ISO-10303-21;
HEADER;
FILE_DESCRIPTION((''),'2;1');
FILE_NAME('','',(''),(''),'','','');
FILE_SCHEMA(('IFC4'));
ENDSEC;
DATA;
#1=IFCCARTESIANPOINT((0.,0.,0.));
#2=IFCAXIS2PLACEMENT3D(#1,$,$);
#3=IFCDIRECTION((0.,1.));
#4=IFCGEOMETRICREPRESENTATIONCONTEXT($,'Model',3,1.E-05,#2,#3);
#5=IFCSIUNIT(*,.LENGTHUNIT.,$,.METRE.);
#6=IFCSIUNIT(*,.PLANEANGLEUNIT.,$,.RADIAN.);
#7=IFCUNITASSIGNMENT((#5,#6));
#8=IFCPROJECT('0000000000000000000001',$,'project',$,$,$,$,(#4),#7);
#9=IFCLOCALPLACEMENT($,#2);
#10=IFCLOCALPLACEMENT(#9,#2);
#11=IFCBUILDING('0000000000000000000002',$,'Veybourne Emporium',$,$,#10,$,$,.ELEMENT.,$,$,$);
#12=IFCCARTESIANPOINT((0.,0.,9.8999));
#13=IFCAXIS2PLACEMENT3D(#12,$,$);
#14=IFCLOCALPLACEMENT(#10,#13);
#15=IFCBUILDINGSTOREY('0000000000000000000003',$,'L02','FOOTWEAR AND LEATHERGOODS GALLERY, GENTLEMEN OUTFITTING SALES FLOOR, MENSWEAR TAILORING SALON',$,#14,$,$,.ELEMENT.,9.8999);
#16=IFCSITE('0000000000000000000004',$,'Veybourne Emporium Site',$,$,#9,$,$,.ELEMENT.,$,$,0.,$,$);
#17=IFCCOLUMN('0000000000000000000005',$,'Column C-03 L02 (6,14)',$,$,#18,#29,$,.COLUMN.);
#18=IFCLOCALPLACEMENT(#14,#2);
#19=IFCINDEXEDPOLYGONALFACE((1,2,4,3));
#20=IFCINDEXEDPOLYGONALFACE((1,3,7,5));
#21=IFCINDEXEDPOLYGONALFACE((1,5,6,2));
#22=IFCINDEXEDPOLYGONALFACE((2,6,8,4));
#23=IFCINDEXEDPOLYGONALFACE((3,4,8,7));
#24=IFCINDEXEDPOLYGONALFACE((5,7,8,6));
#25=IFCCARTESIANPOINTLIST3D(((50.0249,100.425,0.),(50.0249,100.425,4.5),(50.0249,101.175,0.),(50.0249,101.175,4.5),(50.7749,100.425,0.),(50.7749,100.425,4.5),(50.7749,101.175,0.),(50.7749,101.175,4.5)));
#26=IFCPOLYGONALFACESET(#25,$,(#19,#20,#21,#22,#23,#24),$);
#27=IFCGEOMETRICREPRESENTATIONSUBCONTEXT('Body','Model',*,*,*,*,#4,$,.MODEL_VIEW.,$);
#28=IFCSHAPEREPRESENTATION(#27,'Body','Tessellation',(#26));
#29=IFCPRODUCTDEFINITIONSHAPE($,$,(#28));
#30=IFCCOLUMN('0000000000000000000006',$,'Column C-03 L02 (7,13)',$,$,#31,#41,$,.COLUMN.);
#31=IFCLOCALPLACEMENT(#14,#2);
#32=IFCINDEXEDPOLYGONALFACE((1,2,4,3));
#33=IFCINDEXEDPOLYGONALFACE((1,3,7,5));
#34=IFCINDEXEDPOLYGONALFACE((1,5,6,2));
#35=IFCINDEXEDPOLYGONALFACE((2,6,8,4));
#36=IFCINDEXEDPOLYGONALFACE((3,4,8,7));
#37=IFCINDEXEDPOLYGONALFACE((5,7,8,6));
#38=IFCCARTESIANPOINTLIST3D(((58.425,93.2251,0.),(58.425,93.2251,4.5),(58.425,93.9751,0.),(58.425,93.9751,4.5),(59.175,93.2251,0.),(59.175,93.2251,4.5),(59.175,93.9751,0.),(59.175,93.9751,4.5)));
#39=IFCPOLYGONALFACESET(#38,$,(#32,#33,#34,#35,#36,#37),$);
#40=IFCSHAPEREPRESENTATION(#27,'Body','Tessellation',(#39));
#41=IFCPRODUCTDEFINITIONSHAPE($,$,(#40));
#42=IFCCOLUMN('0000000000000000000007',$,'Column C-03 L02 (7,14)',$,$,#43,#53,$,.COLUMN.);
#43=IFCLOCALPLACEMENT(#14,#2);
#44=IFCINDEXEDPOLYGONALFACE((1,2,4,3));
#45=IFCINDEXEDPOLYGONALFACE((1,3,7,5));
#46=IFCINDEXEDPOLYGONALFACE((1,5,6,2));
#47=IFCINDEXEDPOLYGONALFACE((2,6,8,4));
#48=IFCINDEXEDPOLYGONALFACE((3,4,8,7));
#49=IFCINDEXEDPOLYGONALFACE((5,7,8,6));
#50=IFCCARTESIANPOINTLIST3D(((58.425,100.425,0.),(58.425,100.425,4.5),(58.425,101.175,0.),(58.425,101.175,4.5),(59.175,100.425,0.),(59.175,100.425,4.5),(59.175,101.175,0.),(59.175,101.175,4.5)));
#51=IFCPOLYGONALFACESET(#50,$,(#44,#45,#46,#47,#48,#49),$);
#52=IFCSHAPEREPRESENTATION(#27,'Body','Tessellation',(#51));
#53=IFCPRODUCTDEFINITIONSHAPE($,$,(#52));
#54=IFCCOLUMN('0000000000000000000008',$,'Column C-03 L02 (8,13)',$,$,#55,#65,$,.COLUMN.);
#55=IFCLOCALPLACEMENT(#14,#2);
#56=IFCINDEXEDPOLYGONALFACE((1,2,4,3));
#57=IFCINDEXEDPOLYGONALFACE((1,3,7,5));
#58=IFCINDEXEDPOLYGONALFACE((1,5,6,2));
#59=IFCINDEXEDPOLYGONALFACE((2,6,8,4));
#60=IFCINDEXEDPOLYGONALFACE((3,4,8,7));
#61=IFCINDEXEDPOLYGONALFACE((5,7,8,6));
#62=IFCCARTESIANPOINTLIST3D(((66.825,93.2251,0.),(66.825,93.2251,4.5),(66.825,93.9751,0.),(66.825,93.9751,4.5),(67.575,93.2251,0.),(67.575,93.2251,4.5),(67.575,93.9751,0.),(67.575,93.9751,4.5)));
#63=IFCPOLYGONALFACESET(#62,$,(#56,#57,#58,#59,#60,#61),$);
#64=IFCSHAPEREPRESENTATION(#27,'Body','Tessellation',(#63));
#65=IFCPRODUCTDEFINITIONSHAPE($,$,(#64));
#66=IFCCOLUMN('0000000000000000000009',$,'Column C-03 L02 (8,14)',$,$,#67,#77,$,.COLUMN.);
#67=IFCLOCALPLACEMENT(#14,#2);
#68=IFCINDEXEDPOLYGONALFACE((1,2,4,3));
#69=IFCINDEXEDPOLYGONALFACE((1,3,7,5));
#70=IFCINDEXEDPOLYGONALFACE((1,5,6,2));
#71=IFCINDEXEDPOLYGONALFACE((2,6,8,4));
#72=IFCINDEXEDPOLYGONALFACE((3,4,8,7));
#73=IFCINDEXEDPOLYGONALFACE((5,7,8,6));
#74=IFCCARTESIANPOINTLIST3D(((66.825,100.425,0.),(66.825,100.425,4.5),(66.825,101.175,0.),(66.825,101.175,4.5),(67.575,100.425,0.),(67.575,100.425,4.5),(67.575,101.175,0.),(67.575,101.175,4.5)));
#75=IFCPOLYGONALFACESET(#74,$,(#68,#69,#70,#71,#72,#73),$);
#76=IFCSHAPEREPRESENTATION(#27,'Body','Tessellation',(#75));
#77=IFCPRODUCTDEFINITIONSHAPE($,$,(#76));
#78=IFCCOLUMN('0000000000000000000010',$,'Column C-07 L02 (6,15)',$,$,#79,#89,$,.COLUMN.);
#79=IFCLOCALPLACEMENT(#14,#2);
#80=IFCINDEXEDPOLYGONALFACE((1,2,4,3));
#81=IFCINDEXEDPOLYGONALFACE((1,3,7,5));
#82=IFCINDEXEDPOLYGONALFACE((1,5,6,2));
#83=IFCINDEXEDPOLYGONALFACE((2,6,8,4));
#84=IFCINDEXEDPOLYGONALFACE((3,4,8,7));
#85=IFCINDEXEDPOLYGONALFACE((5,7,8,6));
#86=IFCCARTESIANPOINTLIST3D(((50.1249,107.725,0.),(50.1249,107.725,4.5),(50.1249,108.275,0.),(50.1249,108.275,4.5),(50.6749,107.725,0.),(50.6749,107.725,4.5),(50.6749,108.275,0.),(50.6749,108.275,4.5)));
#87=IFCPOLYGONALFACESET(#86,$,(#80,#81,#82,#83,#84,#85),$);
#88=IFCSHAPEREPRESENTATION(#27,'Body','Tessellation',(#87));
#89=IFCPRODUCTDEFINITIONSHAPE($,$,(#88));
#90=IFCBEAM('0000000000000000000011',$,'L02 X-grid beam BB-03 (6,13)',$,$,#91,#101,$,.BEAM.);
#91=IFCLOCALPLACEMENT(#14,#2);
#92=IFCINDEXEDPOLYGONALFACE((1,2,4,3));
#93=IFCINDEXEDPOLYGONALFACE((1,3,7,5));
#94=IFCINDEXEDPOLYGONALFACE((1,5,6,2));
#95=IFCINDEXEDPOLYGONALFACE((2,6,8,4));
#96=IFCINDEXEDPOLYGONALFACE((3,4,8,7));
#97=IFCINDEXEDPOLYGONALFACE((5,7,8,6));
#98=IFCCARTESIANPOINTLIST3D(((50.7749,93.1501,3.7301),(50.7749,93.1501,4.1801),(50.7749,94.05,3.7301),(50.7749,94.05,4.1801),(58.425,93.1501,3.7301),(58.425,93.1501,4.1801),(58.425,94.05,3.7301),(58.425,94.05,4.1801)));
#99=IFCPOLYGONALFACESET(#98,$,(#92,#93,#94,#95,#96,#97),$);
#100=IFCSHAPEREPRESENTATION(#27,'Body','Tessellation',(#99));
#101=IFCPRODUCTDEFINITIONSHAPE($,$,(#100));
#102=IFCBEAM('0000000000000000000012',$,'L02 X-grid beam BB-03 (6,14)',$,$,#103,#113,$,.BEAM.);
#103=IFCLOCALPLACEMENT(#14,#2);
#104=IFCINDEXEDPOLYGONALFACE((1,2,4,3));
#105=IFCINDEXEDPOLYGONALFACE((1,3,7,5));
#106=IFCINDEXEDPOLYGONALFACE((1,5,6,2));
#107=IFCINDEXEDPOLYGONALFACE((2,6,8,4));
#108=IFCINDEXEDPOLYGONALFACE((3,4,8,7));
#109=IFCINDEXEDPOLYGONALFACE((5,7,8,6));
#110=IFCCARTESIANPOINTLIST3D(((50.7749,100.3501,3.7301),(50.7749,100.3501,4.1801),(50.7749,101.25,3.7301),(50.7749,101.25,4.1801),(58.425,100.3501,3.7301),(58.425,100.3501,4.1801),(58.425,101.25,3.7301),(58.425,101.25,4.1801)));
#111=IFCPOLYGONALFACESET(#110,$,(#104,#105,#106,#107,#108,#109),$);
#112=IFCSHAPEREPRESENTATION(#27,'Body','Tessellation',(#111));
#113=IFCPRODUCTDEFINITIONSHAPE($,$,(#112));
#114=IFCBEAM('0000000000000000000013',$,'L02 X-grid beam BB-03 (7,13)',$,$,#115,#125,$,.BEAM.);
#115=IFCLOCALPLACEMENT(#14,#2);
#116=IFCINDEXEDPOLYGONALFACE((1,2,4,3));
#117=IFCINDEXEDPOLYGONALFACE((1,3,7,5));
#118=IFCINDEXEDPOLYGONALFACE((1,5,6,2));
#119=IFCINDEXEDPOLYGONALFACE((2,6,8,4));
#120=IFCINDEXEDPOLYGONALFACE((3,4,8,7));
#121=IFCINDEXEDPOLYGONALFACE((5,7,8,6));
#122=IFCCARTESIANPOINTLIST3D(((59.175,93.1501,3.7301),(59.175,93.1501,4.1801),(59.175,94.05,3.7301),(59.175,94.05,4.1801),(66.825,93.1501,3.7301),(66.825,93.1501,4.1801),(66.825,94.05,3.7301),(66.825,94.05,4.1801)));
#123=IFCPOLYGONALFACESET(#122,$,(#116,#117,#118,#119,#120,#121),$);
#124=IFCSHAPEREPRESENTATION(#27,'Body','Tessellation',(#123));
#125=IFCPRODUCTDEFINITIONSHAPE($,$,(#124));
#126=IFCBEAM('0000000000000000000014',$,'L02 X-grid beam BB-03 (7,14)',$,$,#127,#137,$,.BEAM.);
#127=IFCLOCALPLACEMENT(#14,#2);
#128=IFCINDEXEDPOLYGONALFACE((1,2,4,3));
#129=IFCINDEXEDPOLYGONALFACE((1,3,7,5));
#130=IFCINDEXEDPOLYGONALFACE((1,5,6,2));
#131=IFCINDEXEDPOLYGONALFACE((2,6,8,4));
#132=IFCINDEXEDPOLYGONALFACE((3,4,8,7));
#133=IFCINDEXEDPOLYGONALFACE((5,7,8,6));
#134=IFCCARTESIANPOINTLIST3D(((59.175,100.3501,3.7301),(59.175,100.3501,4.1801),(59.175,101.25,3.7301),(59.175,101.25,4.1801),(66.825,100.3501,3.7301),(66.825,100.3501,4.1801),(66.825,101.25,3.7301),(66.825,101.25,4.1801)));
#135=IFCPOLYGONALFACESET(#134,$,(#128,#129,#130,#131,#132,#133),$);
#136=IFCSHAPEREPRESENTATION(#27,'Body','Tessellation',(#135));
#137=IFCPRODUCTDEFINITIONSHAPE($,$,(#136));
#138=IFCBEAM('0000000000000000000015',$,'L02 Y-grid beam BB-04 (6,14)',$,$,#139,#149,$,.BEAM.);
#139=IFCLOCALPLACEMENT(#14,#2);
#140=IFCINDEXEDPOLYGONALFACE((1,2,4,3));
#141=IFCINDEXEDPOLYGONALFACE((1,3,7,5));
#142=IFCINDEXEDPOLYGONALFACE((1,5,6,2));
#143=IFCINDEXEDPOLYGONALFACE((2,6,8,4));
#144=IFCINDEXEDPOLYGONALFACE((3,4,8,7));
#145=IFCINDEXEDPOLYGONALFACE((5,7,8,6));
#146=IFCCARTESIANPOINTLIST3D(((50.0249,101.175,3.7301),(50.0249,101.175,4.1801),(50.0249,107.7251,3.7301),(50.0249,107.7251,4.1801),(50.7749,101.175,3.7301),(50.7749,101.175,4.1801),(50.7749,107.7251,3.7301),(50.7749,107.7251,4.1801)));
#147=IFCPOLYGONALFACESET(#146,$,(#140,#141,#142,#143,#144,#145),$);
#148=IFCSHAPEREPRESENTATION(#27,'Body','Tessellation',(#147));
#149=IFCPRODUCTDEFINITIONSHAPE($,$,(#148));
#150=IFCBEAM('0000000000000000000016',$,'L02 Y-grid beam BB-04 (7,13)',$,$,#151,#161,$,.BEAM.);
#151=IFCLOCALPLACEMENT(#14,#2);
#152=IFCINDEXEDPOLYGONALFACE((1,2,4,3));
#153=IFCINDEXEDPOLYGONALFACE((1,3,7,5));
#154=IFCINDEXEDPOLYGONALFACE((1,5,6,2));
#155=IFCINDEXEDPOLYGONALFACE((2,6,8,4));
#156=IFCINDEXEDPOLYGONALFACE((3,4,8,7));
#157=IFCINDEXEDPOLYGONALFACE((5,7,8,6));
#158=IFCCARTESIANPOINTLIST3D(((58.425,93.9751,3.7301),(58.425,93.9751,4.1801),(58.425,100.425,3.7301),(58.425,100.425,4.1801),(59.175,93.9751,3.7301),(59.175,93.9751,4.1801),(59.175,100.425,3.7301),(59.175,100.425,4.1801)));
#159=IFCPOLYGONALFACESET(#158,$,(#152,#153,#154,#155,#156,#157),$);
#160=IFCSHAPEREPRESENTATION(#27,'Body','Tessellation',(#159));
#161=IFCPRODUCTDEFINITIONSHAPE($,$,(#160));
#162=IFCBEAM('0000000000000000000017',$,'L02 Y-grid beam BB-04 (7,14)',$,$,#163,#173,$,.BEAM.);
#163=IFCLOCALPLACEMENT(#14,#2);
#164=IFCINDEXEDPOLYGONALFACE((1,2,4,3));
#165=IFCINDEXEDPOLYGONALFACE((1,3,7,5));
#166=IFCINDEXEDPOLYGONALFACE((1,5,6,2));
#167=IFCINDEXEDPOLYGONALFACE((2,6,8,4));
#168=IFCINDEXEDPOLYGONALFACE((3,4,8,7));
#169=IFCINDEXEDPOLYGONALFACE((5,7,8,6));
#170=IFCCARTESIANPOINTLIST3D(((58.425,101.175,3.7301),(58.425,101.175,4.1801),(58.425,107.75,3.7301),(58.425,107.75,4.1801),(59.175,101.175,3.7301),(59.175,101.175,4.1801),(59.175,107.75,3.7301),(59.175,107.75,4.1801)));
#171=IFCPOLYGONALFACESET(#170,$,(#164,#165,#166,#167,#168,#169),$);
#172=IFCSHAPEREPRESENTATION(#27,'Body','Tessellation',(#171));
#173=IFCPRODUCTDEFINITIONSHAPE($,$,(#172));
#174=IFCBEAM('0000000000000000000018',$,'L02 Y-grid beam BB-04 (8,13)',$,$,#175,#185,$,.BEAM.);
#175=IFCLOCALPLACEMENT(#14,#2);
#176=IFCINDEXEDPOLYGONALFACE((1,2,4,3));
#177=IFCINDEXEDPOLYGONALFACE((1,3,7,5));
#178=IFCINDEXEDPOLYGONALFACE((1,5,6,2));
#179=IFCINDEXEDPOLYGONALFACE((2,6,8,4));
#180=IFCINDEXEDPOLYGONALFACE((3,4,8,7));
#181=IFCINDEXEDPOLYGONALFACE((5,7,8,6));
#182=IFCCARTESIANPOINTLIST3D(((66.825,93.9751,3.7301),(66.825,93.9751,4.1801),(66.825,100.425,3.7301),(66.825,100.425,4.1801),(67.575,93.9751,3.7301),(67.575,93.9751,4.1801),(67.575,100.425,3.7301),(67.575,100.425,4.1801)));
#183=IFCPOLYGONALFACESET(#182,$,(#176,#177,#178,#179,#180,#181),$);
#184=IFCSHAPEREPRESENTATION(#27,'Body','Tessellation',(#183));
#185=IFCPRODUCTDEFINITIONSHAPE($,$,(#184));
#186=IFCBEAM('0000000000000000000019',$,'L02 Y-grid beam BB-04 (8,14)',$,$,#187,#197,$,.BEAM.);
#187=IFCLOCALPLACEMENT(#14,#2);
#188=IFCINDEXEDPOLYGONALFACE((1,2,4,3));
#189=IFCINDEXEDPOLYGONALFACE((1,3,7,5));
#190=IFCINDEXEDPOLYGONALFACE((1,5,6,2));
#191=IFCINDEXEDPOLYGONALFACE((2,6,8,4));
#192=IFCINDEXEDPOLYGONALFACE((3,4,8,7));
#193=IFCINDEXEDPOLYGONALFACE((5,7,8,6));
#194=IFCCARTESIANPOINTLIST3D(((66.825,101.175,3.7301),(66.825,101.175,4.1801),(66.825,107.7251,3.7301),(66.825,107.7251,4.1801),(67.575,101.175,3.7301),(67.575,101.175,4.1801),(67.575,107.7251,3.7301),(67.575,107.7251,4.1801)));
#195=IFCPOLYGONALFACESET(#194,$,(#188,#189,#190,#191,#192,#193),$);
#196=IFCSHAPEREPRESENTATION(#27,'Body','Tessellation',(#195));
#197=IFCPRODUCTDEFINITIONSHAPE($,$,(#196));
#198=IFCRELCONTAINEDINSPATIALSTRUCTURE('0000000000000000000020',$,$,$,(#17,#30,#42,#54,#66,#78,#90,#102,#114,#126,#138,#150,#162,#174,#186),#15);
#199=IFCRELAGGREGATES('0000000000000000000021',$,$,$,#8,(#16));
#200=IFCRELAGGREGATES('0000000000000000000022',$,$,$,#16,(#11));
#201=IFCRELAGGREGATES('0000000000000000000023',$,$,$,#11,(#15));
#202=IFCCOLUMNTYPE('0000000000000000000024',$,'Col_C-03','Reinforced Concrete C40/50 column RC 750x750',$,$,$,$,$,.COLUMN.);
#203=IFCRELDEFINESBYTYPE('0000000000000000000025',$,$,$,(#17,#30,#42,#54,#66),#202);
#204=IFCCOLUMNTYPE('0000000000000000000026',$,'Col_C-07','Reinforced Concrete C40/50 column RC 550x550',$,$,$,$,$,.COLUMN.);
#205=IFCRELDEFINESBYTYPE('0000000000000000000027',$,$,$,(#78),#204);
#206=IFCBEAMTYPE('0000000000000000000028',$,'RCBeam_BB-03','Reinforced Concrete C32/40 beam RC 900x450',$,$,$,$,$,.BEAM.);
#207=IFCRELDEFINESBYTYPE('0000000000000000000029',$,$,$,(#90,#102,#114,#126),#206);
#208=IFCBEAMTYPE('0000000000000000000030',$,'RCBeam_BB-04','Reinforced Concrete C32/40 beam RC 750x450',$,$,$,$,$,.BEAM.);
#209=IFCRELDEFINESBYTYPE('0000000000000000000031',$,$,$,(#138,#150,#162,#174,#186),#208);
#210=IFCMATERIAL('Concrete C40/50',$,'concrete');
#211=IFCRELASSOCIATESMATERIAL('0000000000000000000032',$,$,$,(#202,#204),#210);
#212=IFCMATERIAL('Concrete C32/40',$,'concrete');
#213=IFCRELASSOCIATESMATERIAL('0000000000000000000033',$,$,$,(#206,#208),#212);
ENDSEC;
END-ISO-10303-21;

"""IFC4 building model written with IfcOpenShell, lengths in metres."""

from ifc_helpers import new_model, si_unit, direction, frame, origin, origin_2d, place, context, subcontext, project, spatial, rectangle, extrude, material, material_profile, profile_set, type_object, element, save


model = new_model("IFC4")

# Units and contexts
model_context = context("Model", 3, precision=1e-05, world=origin(), true_north=direction((0.0, 1.0)))
body_context = subcontext(model_context, "Body", "Model", "MODEL_VIEW")
ifc_project = project(units=[si_unit("LENGTHUNIT", "METRE"), si_unit("PLANEANGLEUNIT", "RADIAN")], contexts=[model_context])

# Site, building, storey
site_placement = place(None, origin())
site = spatial("IfcSite", under=ifc_project, at=site_placement, Name="Veybourne Emporium Site", CompositionType="ELEMENT", RefElevation=0.0)
building_placement = place(site_placement, origin())
building = spatial("IfcBuilding", under=site, at=building_placement, Name="Veybourne Emporium", CompositionType="ELEMENT")
storey_placement = place(building_placement, frame((0.0, 0.0, 9.8999)))
storey = spatial("IfcBuildingStorey", under=building, at=storey_placement, Name="L02", Description="FOOTWEAR AND LEATHERGOODS GALLERY, GENTLEMEN OUTFITTING SALES FLOOR, MENSWEAR TAILORING SALON", CompositionType="ELEMENT", Elevation=9.8999)

# Columns
ifc_material_1 = material(Name="Concrete C40/50", Category="concrete")
ifc_material_profile_1 = material_profile(ifc_material_1, rectangle(XDim=0.75, YDim=0.75, at=origin_2d()), Name="RC 750x750")
ifc_profile_set_1 = profile_set([ifc_material_profile_1], Name="Concrete C40/50")
column_type_1 = type_object("IfcColumnType", Name="Col_C-03", Description="Reinforced Concrete C40/50 column RC 750x750", PredefinedType="COLUMN", material=ifc_profile_set_1)
for number, where, z_axis, x_axis, name in (
    (1, (50.3999, 100.8, 0.0), (0.0, 0.0, 1.0), (1.0, 0.0, 0.0), "Column C-03 L02 (6,14)"),
    (2, (58.8, 93.6001, 0.0), (0.0, 0.0, 1.0), (1.0, 0.0, 0.0), "Column C-03 L02 (7,13)"),
    (3, (58.8, 100.8, 0.0), (0.0, 0.0, 1.0), (1.0, 0.0, 0.0), "Column C-03 L02 (7,14)"),
    (4, (67.2, 93.6001, 0.0), (0.0, 0.0, 1.0), (1.0, 0.0, 0.0), "Column C-03 L02 (8,13)"),
    (5, (67.2, 100.8, 0.0), (0.0, 0.0, 1.0), (1.0, 0.0, 0.0), "Column C-03 L02 (8,14)"),
):
    element("IfcColumn", number, at=place(storey_placement, frame(where, z_axis=z_axis, x_axis=x_axis)), inside=storey, type_object=column_type_1, Name=name, PredefinedType="COLUMN", context=body_context, shape_type="SweptSolid", body=[
        extrude(rectangle(XDim=0.75, YDim=0.75, at=origin_2d()), origin(), (0.0, 0.0, 1.0), 4.5),
    ])
ifc_material_profile_2 = material_profile(ifc_material_1, rectangle(XDim=0.55, YDim=0.55, at=origin_2d()), Name="RC 550x550")
ifc_profile_set_2 = profile_set([ifc_material_profile_2], Name="Concrete C40/50")
column_type_2 = type_object("IfcColumnType", Name="Col_C-07", Description="Reinforced Concrete C40/50 column RC 550x550", PredefinedType="COLUMN", material=ifc_profile_set_2)
column_placement = place(storey_placement, frame((50.3999, 108.0, 0.0), z_axis=(0.0, 0.0, 1.0), x_axis=(1.0, 0.0, 0.0)))
element("IfcColumn", 6, at=column_placement, inside=storey, type_object=column_type_2, Name="Column C-07 L02 (6,15)", PredefinedType="COLUMN", context=body_context, shape_type="SweptSolid", body=[
    extrude(rectangle(XDim=0.55, YDim=0.55, at=origin_2d()), origin(), (0.0, 0.0, 1.0), 4.5),
])

# Beams
ifc_material_2 = material(Name="Concrete C32/40", Category="concrete")
ifc_material_profile_3 = material_profile(ifc_material_2, rectangle(XDim=0.8999, YDim=0.45, at=origin_2d()), Name="RC 900x450")
ifc_profile_set_3 = profile_set([ifc_material_profile_3], Name="Concrete C32/40")
beam_type_1 = type_object("IfcBeamType", Name="RCBeam_BB-03", Description="Reinforced Concrete C32/40 beam RC 900x450", PredefinedType="BEAM", material=ifc_profile_set_3)
for number, where, z_axis, x_axis, name in (
    (7, (50.7749, 93.6001, 3.9551), (1.0, 0.0, 0.0), (0.0, 1.0, 0.0), "L02 X-grid beam BB-03 (6,13)"),
    (8, (50.7749, 100.8, 3.9551), (1.0, 0.0, 0.0), (0.0, 1.0, 0.0), "L02 X-grid beam BB-03 (6,14)"),
):
    element("IfcBeam", number, at=place(storey_placement, frame(where, z_axis=z_axis, x_axis=x_axis)), inside=storey, type_object=beam_type_1, Name=name, PredefinedType="BEAM", context=body_context, shape_type="SweptSolid", body=[
        extrude(rectangle(XDim=0.8999, YDim=0.45, at=origin_2d()), origin(), (0.0, 0.0, 1.0), 7.6501),
    ])
for number, where, z_axis, x_axis, name in (
    (9, (59.175, 93.6001, 3.9551), (1.0, 0.0, 0.0), (0.0, 1.0, 0.0), "L02 X-grid beam BB-03 (7,13)"),
    (10, (59.175, 100.8, 3.9551), (1.0, 0.0, 0.0), (0.0, 1.0, 0.0), "L02 X-grid beam BB-03 (7,14)"),
):
    element("IfcBeam", number, at=place(storey_placement, frame(where, z_axis=z_axis, x_axis=x_axis)), inside=storey, type_object=beam_type_1, Name=name, PredefinedType="BEAM", context=body_context, shape_type="SweptSolid", body=[
        extrude(rectangle(XDim=0.8999, YDim=0.45, at=origin_2d()), origin(), (0.0, 0.0, 1.0), 7.6499),
    ])
ifc_material_profile_4 = material_profile(ifc_material_2, rectangle(XDim=0.75, YDim=0.45, at=origin_2d()), Name="RC 750x450")
ifc_profile_set_4 = profile_set([ifc_material_profile_4], Name="Concrete C32/40")
beam_type_2 = type_object("IfcBeamType", Name="RCBeam_BB-04", Description="Reinforced Concrete C32/40 beam RC 750x450", PredefinedType="BEAM", material=ifc_profile_set_4)
beam_1_placement = place(storey_placement, frame((50.3999, 101.175, 3.9551), z_axis=(0.0, 1.0, 0.0), x_axis=(-1.0, 0.0, 0.0)))
element("IfcBeam", 11, at=beam_1_placement, inside=storey, type_object=beam_type_2, Name="L02 Y-grid beam BB-04 (6,14)", PredefinedType="BEAM", context=body_context, shape_type="SweptSolid", body=[
    extrude(rectangle(XDim=0.75, YDim=0.45, at=origin_2d()), origin(), (0.0, 0.0, 1.0), 6.55),
])
beam_2_placement = place(storey_placement, frame((58.8, 93.9751, 3.9551), z_axis=(0.0, 1.0, 0.0), x_axis=(-1.0, 0.0, 0.0)))
element("IfcBeam", 12, at=beam_2_placement, inside=storey, type_object=beam_type_2, Name="L02 Y-grid beam BB-04 (7,13)", PredefinedType="BEAM", context=body_context, shape_type="SweptSolid", body=[
    extrude(rectangle(XDim=0.75, YDim=0.45, at=origin_2d()), origin(), (0.0, 0.0, 1.0), 6.45),
])
beam_3_placement = place(storey_placement, frame((58.8, 101.175, 3.9551), z_axis=(0.0, 1.0, 0.0), x_axis=(-1.0, 0.0, 0.0)))
element("IfcBeam", 13, at=beam_3_placement, inside=storey, type_object=beam_type_2, Name="L02 Y-grid beam BB-04 (7,14)", PredefinedType="BEAM", context=body_context, shape_type="SweptSolid", body=[
    extrude(rectangle(XDim=0.75, YDim=0.45, at=origin_2d()), origin(), (0.0, 0.0, 1.0), 6.575),
])
beam_4_placement = place(storey_placement, frame((67.2, 93.9751, 3.9551), z_axis=(0.0, 1.0, 0.0), x_axis=(-1.0, 0.0, 0.0)))
element("IfcBeam", 14, at=beam_4_placement, inside=storey, type_object=beam_type_2, Name="L02 Y-grid beam BB-04 (8,13)", PredefinedType="BEAM", context=body_context, shape_type="SweptSolid", body=[
    extrude(rectangle(XDim=0.75, YDim=0.45, at=origin_2d()), origin(), (0.0, 0.0, 1.0), 6.45),
])
beam_5_placement = place(storey_placement, frame((67.2, 101.175, 3.9551), z_axis=(0.0, 1.0, 0.0), x_axis=(-1.0, 0.0, 0.0)))
element("IfcBeam", 15, at=beam_5_placement, inside=storey, type_object=beam_type_2, Name="L02 Y-grid beam BB-04 (8,14)", PredefinedType="BEAM", context=body_context, shape_type="SweptSolid", body=[
    extrude(rectangle(XDim=0.75, YDim=0.45, at=origin_2d()), origin(), (0.0, 0.0, 1.0), 6.55),
])

save(model, "model.ifc")
